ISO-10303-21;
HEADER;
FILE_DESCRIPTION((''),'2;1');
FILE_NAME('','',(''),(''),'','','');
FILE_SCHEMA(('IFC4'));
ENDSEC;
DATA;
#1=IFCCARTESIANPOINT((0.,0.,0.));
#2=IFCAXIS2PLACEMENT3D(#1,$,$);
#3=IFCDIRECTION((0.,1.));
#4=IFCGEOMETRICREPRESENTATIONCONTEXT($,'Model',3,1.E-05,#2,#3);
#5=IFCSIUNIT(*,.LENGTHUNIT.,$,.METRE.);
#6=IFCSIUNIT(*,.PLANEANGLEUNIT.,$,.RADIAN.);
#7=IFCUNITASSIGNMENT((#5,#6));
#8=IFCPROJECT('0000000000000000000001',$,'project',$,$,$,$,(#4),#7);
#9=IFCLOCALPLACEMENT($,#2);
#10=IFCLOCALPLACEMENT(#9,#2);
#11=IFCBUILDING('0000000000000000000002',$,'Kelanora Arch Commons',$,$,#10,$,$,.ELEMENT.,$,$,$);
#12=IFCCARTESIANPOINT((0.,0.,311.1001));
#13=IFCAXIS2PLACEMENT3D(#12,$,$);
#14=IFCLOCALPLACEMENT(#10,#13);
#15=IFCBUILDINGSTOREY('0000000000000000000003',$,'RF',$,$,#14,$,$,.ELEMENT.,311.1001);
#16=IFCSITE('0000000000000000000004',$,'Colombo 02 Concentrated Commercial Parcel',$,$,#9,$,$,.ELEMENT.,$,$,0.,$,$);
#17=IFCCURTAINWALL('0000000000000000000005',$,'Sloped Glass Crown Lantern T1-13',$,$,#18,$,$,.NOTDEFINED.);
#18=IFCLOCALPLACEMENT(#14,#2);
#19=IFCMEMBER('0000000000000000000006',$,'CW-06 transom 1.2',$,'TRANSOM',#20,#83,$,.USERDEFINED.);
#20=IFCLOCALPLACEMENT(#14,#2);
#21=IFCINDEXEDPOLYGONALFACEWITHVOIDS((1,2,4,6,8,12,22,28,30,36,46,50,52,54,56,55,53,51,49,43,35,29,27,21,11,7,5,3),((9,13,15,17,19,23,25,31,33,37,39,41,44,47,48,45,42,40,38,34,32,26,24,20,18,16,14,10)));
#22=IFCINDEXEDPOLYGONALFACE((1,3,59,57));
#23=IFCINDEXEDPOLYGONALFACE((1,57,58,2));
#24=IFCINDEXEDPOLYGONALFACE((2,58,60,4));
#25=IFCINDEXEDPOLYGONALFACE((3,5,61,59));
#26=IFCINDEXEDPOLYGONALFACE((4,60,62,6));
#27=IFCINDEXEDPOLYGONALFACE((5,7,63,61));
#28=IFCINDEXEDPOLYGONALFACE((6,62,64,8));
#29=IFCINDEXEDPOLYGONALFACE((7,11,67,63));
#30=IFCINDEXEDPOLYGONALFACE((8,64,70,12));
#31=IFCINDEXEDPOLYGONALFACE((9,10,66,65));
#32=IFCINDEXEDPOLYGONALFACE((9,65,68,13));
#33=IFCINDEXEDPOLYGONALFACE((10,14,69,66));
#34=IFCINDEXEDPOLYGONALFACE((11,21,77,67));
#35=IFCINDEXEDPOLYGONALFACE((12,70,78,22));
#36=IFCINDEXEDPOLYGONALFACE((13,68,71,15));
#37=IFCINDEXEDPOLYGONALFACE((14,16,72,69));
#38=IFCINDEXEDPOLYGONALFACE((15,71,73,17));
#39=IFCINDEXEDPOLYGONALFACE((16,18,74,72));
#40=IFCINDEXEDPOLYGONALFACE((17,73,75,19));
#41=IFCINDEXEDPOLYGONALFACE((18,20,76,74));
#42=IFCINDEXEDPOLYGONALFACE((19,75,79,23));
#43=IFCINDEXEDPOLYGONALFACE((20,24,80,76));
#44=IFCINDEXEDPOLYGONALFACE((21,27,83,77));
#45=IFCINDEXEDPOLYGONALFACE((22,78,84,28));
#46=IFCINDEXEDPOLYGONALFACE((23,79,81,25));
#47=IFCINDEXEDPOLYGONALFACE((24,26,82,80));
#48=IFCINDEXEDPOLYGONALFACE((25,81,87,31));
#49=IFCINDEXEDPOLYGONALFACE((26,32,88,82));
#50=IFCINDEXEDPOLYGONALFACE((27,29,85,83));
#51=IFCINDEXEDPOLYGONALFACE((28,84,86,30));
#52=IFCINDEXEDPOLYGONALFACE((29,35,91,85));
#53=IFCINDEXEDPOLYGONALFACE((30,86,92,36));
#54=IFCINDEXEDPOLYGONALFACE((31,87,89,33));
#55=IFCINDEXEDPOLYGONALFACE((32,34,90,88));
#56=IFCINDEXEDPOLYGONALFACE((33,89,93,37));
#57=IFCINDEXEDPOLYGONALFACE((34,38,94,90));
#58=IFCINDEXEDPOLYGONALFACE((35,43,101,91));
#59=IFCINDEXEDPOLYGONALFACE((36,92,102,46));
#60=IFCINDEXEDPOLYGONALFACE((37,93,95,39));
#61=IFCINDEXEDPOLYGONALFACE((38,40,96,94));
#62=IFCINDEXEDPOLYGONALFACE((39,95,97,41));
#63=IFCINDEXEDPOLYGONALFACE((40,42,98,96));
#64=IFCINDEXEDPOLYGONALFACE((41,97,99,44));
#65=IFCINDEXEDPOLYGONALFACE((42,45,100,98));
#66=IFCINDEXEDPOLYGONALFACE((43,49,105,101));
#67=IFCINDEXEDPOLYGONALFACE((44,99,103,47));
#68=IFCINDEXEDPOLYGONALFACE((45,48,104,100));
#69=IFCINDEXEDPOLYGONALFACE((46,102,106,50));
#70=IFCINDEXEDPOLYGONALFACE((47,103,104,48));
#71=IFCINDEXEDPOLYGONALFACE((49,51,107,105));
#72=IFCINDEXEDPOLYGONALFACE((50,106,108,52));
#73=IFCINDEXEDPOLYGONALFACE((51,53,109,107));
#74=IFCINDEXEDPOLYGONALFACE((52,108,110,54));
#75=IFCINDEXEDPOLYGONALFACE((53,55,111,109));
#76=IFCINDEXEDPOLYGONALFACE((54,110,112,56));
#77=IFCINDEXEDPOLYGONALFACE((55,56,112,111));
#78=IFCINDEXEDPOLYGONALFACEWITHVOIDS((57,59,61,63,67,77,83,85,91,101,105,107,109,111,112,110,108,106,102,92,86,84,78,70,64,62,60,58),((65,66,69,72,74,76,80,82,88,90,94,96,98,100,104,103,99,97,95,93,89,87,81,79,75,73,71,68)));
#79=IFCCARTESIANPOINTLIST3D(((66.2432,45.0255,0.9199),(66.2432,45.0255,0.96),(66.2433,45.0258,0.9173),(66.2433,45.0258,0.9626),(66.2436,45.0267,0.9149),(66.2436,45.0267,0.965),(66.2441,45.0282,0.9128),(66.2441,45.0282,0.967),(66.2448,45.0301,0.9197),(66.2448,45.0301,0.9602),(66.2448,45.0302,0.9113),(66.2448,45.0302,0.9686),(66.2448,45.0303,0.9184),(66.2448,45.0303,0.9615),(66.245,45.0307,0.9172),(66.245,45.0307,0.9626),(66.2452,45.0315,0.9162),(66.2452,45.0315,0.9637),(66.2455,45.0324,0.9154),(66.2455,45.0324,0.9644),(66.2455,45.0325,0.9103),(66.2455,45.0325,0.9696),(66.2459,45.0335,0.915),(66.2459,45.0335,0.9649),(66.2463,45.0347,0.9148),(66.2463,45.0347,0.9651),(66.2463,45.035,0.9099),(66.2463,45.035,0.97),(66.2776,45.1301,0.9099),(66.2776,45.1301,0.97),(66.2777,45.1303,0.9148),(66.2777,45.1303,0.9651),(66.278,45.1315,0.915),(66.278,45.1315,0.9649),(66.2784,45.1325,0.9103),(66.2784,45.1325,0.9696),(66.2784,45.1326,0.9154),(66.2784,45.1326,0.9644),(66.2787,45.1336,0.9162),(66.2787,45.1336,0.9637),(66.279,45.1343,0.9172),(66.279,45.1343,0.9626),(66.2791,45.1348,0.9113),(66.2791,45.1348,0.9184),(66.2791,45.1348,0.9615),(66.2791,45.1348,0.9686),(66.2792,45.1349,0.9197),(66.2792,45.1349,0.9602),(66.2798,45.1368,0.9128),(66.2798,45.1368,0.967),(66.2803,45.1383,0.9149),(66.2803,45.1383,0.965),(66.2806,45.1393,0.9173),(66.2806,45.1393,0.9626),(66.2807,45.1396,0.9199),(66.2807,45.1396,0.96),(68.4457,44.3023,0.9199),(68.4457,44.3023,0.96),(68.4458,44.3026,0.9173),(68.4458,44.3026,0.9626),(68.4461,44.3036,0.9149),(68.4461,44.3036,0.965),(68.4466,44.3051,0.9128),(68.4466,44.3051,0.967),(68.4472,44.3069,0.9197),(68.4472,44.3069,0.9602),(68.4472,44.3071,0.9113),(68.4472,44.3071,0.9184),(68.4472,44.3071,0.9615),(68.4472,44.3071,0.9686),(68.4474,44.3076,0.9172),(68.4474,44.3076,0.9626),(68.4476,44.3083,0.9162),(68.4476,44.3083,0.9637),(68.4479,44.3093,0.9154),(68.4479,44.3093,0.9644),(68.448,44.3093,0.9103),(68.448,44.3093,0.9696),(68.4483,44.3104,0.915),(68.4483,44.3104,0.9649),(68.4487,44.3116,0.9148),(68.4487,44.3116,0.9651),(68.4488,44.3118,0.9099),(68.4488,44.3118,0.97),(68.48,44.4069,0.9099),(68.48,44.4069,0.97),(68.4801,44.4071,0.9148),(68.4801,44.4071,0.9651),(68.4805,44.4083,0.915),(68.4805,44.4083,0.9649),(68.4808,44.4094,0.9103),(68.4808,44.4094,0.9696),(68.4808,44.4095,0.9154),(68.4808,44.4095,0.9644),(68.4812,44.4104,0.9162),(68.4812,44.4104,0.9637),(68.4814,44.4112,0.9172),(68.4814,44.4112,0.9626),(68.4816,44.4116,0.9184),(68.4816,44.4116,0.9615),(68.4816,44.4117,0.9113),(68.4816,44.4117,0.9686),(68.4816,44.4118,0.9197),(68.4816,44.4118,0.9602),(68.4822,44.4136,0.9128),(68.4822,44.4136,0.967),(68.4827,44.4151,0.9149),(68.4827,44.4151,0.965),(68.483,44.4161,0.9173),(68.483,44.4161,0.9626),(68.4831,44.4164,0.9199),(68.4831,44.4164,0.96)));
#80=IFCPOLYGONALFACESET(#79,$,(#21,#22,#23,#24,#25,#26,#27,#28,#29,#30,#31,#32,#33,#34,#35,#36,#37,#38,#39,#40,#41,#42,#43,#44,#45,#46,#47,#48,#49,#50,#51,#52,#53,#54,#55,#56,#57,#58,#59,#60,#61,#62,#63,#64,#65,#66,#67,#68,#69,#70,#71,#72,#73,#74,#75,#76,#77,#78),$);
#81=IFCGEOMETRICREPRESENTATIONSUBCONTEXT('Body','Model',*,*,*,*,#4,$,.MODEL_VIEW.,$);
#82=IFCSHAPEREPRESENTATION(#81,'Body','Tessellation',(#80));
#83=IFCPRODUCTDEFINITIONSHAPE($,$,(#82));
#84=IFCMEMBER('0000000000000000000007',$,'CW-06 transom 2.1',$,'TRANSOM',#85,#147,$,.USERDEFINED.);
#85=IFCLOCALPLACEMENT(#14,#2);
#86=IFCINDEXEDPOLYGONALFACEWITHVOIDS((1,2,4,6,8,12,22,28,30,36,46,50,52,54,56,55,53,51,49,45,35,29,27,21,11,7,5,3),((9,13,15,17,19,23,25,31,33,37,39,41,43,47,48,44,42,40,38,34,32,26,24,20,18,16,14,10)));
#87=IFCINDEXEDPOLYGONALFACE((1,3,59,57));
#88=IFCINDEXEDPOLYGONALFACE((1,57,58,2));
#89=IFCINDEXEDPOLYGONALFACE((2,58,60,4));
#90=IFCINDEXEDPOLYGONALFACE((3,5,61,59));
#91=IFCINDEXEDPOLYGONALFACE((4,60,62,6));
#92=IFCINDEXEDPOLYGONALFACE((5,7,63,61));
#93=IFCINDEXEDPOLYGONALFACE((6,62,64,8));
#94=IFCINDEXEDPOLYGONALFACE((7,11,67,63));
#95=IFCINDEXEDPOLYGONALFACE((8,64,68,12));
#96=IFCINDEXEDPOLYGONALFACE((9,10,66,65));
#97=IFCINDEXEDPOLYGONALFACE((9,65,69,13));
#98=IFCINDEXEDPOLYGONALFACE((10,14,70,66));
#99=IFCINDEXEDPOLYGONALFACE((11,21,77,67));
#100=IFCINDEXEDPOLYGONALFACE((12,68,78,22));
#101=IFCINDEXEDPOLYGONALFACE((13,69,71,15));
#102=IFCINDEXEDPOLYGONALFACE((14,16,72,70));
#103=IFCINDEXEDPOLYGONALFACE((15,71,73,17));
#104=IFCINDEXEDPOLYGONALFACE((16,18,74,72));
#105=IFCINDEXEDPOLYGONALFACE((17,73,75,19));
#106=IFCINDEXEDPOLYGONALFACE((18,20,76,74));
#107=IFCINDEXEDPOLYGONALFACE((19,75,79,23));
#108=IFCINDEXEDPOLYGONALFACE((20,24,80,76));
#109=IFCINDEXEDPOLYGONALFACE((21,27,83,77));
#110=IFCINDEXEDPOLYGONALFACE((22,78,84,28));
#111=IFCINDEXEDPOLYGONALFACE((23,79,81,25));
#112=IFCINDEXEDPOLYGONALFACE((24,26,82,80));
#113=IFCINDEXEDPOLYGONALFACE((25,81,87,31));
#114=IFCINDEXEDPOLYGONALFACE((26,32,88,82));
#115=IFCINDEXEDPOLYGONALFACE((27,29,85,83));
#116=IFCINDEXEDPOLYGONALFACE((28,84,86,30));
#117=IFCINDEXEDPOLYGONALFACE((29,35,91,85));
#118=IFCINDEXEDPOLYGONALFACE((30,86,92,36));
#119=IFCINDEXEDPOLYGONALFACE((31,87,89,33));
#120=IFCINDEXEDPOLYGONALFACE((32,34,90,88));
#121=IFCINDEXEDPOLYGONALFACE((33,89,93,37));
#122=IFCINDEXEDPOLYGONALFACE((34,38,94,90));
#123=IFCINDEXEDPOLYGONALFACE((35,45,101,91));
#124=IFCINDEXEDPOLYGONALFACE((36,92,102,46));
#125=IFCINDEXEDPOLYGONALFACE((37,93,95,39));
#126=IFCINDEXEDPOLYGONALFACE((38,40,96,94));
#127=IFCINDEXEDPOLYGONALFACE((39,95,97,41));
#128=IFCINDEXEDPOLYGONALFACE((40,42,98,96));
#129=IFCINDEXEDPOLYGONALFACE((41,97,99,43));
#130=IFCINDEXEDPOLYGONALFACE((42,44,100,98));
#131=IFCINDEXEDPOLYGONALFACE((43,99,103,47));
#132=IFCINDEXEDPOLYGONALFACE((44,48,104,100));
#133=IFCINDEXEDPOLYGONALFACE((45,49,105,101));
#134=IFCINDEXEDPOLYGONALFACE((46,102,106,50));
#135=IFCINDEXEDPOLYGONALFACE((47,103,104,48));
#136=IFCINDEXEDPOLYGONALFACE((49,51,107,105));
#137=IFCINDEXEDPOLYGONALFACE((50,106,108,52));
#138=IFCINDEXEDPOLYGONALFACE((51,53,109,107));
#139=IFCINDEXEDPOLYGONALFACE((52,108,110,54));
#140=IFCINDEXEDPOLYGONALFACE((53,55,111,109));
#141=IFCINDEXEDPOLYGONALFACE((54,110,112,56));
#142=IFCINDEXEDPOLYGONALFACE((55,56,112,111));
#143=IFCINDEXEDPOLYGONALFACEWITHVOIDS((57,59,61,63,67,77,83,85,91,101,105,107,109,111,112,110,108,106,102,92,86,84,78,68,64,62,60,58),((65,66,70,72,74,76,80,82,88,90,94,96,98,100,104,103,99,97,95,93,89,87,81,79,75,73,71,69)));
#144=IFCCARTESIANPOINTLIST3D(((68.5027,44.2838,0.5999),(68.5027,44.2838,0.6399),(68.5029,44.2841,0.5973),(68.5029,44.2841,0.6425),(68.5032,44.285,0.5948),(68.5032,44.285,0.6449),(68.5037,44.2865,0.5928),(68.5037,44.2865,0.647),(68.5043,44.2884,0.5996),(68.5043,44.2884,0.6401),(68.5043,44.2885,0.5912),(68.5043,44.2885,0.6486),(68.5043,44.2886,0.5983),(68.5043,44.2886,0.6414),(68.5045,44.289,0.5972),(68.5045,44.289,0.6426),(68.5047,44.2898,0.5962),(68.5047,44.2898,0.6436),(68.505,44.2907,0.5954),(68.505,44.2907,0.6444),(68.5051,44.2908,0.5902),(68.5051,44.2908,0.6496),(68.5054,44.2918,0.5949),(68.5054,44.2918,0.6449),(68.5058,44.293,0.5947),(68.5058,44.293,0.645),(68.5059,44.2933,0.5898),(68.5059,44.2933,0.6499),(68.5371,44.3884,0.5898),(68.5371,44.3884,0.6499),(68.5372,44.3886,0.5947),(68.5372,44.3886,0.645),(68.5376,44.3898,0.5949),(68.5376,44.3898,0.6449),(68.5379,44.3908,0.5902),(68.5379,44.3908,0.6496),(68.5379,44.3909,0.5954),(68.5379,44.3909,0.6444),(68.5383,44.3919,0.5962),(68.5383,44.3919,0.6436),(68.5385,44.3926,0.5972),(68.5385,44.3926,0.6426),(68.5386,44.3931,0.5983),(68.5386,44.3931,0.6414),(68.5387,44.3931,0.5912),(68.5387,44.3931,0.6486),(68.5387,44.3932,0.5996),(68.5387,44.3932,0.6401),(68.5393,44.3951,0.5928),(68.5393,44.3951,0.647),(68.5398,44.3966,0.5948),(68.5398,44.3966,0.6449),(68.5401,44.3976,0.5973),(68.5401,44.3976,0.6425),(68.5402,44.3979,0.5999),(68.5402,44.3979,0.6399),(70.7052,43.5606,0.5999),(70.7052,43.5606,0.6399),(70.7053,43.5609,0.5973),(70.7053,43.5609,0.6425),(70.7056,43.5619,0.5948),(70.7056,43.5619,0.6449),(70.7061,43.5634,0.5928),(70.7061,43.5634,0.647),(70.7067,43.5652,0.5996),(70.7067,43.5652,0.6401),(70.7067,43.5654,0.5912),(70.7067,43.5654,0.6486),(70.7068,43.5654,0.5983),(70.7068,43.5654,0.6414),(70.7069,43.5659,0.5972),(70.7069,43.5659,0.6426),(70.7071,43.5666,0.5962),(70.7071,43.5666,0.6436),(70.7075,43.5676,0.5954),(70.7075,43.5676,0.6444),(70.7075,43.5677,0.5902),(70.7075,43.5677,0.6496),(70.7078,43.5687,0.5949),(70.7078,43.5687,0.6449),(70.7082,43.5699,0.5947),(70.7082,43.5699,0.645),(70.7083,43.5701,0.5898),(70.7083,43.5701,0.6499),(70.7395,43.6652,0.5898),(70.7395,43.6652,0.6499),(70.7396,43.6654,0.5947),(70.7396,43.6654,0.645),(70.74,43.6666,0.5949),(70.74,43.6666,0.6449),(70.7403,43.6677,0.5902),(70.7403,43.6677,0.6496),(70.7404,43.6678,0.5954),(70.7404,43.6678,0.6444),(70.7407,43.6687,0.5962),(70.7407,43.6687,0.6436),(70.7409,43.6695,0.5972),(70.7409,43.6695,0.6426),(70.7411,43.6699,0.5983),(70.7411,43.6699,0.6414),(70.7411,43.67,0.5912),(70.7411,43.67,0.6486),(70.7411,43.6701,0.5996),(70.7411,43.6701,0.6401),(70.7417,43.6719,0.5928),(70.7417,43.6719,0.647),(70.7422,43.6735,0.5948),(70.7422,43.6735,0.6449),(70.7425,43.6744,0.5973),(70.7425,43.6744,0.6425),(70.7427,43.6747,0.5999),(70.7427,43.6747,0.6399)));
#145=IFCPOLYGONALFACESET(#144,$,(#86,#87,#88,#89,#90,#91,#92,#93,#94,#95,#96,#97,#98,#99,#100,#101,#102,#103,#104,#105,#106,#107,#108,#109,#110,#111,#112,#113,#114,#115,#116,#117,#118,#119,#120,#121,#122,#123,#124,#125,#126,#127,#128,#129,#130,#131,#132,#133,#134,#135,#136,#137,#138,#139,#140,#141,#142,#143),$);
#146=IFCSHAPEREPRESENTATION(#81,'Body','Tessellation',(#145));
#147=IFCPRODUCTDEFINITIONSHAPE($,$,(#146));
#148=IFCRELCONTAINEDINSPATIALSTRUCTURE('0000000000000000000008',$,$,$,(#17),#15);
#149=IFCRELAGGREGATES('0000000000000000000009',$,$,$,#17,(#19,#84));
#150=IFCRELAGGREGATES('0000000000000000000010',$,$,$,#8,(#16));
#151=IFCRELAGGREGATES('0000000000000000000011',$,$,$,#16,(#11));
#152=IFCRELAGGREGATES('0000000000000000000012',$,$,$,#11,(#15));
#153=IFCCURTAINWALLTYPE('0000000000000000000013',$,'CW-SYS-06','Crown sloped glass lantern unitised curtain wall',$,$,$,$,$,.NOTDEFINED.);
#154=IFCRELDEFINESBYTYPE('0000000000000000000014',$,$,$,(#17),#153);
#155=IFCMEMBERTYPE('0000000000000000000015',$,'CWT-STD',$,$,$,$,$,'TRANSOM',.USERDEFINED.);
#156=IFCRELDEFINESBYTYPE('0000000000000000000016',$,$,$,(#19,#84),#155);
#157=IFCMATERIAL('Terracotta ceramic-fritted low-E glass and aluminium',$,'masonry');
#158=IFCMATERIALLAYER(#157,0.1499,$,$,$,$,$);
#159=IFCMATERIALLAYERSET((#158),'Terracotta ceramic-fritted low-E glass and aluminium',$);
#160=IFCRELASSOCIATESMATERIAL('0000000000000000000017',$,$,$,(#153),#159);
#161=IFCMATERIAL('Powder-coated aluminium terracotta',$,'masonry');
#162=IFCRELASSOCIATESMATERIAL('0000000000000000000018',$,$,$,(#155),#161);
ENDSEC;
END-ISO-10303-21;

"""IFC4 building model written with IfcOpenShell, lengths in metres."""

from ifc_helpers import new_model, si_unit, direction, frame, origin, origin_2d, place, context, subcontext, project, spatial, hollow_rectangle, extrude, material, layer, layer_set, material_profile, profile_set, type_object, element, aggregate, save


model = new_model("IFC4")

# Units and contexts
model_context = context("Model", 3, precision=1e-05, world=origin(), true_north=direction((0.0, 1.0)))
body_context = subcontext(model_context, "Body", "Model", "MODEL_VIEW")
ifc_project = project(units=[si_unit("LENGTHUNIT", "METRE"), si_unit("PLANEANGLEUNIT", "RADIAN")], contexts=[model_context])

# Site, building, storey
site_placement = place(None, origin())
site = spatial("IfcSite", under=ifc_project, at=site_placement, Name="Colombo 02 Concentrated Commercial Parcel", CompositionType="ELEMENT", RefElevation=0.0)
building_placement = place(site_placement, origin())
building = spatial("IfcBuilding", under=site, at=building_placement, Name="Kelanora Arch Commons", CompositionType="ELEMENT")
storey_placement = place(building_placement, frame((0.0, 0.0, 311.1001)))
storey = spatial("IfcBuildingStorey", under=building, at=storey_placement, Name="RF", CompositionType="ELEMENT", Elevation=311.1001)

# Curtain wall
ifc_material_1 = material(Name="Terracotta ceramic-fritted low-E glass and aluminium", Category="masonry")
ifc_layer_1 = layer(ifc_material_1, 0.1499)
ifc_layer_set_1 = layer_set([ifc_layer_1], Name="Terracotta ceramic-fritted low-E glass and aluminium")
curtain_wall_type = type_object("IfcCurtainWallType", Name="CW-SYS-06", Description="Crown sloped glass lantern unitised curtain wall", PredefinedType="NOTDEFINED", material=ifc_layer_set_1)
curtain_wall_1_placement = place(storey_placement, origin())
curtain_wall_1 = element("IfcCurtainWall", 1, at=curtain_wall_1_placement, inside=storey, type_object=curtain_wall_type, Name="Sloped Glass Crown Lantern T1-13", PredefinedType="NOTDEFINED")
ifc_material_2 = material(Name="Powder-coated aluminium terracotta", Category="masonry")

# Members
ifc_material_profile_1 = material_profile(ifc_material_2, hollow_rectangle(XDim=0.1201, YDim=0.0601, WallThickness=0.0049, InnerFilletRadius=0.0049, OuterFilletRadius=0.01, at=origin_2d()), Name="CWT120x60")
ifc_profile_set_1 = profile_set([ifc_material_profile_1], Name="Powder-coated aluminium terracotta")
member_type_1 = type_object("IfcMemberType", Name="CWT-STD", ElementType="TRANSOM", PredefinedType="USERDEFINED", material=ifc_profile_set_1)
member_1_placement = place(storey_placement, frame((66.262, 45.0825, 0.9399), z_axis=(0.950096, -0.311959, 0.0), x_axis=(0.311959, 0.950096, 0.0)))
member_1 = element("IfcMember", 2, at=member_1_placement, type_object=member_type_1, Name="CW-06 transom 1.2", ObjectType="TRANSOM", PredefinedType="USERDEFINED", context=body_context, shape_type="SweptSolid", body=[
    extrude(hollow_rectangle(XDim=0.1201, YDim=0.0601, WallThickness=0.0049, InnerFilletRadius=0.0049, OuterFilletRadius=0.01, at=origin_2d()), origin(), (0.0, 0.0, 1.0), 2.3181),
])
member_2_placement = place(storey_placement, frame((68.5215, 44.3408, 0.6199), z_axis=(0.950096, -0.311959, 0.0), x_axis=(0.311959, 0.950096, 0.0)))
member_2 = element("IfcMember", 3, at=member_2_placement, type_object=member_type_1, Name="CW-06 transom 2.1", ObjectType="TRANSOM", PredefinedType="USERDEFINED", context=body_context, shape_type="SweptSolid", body=[
    extrude(hollow_rectangle(XDim=0.1201, YDim=0.0601, WallThickness=0.0049, InnerFilletRadius=0.0049, OuterFilletRadius=0.01, at=origin_2d()), origin(), (0.0, 0.0, 1.0), 2.3181),
])

aggregate(curtain_wall_1, [member_1, member_2])

save(model, "model.ifc")
